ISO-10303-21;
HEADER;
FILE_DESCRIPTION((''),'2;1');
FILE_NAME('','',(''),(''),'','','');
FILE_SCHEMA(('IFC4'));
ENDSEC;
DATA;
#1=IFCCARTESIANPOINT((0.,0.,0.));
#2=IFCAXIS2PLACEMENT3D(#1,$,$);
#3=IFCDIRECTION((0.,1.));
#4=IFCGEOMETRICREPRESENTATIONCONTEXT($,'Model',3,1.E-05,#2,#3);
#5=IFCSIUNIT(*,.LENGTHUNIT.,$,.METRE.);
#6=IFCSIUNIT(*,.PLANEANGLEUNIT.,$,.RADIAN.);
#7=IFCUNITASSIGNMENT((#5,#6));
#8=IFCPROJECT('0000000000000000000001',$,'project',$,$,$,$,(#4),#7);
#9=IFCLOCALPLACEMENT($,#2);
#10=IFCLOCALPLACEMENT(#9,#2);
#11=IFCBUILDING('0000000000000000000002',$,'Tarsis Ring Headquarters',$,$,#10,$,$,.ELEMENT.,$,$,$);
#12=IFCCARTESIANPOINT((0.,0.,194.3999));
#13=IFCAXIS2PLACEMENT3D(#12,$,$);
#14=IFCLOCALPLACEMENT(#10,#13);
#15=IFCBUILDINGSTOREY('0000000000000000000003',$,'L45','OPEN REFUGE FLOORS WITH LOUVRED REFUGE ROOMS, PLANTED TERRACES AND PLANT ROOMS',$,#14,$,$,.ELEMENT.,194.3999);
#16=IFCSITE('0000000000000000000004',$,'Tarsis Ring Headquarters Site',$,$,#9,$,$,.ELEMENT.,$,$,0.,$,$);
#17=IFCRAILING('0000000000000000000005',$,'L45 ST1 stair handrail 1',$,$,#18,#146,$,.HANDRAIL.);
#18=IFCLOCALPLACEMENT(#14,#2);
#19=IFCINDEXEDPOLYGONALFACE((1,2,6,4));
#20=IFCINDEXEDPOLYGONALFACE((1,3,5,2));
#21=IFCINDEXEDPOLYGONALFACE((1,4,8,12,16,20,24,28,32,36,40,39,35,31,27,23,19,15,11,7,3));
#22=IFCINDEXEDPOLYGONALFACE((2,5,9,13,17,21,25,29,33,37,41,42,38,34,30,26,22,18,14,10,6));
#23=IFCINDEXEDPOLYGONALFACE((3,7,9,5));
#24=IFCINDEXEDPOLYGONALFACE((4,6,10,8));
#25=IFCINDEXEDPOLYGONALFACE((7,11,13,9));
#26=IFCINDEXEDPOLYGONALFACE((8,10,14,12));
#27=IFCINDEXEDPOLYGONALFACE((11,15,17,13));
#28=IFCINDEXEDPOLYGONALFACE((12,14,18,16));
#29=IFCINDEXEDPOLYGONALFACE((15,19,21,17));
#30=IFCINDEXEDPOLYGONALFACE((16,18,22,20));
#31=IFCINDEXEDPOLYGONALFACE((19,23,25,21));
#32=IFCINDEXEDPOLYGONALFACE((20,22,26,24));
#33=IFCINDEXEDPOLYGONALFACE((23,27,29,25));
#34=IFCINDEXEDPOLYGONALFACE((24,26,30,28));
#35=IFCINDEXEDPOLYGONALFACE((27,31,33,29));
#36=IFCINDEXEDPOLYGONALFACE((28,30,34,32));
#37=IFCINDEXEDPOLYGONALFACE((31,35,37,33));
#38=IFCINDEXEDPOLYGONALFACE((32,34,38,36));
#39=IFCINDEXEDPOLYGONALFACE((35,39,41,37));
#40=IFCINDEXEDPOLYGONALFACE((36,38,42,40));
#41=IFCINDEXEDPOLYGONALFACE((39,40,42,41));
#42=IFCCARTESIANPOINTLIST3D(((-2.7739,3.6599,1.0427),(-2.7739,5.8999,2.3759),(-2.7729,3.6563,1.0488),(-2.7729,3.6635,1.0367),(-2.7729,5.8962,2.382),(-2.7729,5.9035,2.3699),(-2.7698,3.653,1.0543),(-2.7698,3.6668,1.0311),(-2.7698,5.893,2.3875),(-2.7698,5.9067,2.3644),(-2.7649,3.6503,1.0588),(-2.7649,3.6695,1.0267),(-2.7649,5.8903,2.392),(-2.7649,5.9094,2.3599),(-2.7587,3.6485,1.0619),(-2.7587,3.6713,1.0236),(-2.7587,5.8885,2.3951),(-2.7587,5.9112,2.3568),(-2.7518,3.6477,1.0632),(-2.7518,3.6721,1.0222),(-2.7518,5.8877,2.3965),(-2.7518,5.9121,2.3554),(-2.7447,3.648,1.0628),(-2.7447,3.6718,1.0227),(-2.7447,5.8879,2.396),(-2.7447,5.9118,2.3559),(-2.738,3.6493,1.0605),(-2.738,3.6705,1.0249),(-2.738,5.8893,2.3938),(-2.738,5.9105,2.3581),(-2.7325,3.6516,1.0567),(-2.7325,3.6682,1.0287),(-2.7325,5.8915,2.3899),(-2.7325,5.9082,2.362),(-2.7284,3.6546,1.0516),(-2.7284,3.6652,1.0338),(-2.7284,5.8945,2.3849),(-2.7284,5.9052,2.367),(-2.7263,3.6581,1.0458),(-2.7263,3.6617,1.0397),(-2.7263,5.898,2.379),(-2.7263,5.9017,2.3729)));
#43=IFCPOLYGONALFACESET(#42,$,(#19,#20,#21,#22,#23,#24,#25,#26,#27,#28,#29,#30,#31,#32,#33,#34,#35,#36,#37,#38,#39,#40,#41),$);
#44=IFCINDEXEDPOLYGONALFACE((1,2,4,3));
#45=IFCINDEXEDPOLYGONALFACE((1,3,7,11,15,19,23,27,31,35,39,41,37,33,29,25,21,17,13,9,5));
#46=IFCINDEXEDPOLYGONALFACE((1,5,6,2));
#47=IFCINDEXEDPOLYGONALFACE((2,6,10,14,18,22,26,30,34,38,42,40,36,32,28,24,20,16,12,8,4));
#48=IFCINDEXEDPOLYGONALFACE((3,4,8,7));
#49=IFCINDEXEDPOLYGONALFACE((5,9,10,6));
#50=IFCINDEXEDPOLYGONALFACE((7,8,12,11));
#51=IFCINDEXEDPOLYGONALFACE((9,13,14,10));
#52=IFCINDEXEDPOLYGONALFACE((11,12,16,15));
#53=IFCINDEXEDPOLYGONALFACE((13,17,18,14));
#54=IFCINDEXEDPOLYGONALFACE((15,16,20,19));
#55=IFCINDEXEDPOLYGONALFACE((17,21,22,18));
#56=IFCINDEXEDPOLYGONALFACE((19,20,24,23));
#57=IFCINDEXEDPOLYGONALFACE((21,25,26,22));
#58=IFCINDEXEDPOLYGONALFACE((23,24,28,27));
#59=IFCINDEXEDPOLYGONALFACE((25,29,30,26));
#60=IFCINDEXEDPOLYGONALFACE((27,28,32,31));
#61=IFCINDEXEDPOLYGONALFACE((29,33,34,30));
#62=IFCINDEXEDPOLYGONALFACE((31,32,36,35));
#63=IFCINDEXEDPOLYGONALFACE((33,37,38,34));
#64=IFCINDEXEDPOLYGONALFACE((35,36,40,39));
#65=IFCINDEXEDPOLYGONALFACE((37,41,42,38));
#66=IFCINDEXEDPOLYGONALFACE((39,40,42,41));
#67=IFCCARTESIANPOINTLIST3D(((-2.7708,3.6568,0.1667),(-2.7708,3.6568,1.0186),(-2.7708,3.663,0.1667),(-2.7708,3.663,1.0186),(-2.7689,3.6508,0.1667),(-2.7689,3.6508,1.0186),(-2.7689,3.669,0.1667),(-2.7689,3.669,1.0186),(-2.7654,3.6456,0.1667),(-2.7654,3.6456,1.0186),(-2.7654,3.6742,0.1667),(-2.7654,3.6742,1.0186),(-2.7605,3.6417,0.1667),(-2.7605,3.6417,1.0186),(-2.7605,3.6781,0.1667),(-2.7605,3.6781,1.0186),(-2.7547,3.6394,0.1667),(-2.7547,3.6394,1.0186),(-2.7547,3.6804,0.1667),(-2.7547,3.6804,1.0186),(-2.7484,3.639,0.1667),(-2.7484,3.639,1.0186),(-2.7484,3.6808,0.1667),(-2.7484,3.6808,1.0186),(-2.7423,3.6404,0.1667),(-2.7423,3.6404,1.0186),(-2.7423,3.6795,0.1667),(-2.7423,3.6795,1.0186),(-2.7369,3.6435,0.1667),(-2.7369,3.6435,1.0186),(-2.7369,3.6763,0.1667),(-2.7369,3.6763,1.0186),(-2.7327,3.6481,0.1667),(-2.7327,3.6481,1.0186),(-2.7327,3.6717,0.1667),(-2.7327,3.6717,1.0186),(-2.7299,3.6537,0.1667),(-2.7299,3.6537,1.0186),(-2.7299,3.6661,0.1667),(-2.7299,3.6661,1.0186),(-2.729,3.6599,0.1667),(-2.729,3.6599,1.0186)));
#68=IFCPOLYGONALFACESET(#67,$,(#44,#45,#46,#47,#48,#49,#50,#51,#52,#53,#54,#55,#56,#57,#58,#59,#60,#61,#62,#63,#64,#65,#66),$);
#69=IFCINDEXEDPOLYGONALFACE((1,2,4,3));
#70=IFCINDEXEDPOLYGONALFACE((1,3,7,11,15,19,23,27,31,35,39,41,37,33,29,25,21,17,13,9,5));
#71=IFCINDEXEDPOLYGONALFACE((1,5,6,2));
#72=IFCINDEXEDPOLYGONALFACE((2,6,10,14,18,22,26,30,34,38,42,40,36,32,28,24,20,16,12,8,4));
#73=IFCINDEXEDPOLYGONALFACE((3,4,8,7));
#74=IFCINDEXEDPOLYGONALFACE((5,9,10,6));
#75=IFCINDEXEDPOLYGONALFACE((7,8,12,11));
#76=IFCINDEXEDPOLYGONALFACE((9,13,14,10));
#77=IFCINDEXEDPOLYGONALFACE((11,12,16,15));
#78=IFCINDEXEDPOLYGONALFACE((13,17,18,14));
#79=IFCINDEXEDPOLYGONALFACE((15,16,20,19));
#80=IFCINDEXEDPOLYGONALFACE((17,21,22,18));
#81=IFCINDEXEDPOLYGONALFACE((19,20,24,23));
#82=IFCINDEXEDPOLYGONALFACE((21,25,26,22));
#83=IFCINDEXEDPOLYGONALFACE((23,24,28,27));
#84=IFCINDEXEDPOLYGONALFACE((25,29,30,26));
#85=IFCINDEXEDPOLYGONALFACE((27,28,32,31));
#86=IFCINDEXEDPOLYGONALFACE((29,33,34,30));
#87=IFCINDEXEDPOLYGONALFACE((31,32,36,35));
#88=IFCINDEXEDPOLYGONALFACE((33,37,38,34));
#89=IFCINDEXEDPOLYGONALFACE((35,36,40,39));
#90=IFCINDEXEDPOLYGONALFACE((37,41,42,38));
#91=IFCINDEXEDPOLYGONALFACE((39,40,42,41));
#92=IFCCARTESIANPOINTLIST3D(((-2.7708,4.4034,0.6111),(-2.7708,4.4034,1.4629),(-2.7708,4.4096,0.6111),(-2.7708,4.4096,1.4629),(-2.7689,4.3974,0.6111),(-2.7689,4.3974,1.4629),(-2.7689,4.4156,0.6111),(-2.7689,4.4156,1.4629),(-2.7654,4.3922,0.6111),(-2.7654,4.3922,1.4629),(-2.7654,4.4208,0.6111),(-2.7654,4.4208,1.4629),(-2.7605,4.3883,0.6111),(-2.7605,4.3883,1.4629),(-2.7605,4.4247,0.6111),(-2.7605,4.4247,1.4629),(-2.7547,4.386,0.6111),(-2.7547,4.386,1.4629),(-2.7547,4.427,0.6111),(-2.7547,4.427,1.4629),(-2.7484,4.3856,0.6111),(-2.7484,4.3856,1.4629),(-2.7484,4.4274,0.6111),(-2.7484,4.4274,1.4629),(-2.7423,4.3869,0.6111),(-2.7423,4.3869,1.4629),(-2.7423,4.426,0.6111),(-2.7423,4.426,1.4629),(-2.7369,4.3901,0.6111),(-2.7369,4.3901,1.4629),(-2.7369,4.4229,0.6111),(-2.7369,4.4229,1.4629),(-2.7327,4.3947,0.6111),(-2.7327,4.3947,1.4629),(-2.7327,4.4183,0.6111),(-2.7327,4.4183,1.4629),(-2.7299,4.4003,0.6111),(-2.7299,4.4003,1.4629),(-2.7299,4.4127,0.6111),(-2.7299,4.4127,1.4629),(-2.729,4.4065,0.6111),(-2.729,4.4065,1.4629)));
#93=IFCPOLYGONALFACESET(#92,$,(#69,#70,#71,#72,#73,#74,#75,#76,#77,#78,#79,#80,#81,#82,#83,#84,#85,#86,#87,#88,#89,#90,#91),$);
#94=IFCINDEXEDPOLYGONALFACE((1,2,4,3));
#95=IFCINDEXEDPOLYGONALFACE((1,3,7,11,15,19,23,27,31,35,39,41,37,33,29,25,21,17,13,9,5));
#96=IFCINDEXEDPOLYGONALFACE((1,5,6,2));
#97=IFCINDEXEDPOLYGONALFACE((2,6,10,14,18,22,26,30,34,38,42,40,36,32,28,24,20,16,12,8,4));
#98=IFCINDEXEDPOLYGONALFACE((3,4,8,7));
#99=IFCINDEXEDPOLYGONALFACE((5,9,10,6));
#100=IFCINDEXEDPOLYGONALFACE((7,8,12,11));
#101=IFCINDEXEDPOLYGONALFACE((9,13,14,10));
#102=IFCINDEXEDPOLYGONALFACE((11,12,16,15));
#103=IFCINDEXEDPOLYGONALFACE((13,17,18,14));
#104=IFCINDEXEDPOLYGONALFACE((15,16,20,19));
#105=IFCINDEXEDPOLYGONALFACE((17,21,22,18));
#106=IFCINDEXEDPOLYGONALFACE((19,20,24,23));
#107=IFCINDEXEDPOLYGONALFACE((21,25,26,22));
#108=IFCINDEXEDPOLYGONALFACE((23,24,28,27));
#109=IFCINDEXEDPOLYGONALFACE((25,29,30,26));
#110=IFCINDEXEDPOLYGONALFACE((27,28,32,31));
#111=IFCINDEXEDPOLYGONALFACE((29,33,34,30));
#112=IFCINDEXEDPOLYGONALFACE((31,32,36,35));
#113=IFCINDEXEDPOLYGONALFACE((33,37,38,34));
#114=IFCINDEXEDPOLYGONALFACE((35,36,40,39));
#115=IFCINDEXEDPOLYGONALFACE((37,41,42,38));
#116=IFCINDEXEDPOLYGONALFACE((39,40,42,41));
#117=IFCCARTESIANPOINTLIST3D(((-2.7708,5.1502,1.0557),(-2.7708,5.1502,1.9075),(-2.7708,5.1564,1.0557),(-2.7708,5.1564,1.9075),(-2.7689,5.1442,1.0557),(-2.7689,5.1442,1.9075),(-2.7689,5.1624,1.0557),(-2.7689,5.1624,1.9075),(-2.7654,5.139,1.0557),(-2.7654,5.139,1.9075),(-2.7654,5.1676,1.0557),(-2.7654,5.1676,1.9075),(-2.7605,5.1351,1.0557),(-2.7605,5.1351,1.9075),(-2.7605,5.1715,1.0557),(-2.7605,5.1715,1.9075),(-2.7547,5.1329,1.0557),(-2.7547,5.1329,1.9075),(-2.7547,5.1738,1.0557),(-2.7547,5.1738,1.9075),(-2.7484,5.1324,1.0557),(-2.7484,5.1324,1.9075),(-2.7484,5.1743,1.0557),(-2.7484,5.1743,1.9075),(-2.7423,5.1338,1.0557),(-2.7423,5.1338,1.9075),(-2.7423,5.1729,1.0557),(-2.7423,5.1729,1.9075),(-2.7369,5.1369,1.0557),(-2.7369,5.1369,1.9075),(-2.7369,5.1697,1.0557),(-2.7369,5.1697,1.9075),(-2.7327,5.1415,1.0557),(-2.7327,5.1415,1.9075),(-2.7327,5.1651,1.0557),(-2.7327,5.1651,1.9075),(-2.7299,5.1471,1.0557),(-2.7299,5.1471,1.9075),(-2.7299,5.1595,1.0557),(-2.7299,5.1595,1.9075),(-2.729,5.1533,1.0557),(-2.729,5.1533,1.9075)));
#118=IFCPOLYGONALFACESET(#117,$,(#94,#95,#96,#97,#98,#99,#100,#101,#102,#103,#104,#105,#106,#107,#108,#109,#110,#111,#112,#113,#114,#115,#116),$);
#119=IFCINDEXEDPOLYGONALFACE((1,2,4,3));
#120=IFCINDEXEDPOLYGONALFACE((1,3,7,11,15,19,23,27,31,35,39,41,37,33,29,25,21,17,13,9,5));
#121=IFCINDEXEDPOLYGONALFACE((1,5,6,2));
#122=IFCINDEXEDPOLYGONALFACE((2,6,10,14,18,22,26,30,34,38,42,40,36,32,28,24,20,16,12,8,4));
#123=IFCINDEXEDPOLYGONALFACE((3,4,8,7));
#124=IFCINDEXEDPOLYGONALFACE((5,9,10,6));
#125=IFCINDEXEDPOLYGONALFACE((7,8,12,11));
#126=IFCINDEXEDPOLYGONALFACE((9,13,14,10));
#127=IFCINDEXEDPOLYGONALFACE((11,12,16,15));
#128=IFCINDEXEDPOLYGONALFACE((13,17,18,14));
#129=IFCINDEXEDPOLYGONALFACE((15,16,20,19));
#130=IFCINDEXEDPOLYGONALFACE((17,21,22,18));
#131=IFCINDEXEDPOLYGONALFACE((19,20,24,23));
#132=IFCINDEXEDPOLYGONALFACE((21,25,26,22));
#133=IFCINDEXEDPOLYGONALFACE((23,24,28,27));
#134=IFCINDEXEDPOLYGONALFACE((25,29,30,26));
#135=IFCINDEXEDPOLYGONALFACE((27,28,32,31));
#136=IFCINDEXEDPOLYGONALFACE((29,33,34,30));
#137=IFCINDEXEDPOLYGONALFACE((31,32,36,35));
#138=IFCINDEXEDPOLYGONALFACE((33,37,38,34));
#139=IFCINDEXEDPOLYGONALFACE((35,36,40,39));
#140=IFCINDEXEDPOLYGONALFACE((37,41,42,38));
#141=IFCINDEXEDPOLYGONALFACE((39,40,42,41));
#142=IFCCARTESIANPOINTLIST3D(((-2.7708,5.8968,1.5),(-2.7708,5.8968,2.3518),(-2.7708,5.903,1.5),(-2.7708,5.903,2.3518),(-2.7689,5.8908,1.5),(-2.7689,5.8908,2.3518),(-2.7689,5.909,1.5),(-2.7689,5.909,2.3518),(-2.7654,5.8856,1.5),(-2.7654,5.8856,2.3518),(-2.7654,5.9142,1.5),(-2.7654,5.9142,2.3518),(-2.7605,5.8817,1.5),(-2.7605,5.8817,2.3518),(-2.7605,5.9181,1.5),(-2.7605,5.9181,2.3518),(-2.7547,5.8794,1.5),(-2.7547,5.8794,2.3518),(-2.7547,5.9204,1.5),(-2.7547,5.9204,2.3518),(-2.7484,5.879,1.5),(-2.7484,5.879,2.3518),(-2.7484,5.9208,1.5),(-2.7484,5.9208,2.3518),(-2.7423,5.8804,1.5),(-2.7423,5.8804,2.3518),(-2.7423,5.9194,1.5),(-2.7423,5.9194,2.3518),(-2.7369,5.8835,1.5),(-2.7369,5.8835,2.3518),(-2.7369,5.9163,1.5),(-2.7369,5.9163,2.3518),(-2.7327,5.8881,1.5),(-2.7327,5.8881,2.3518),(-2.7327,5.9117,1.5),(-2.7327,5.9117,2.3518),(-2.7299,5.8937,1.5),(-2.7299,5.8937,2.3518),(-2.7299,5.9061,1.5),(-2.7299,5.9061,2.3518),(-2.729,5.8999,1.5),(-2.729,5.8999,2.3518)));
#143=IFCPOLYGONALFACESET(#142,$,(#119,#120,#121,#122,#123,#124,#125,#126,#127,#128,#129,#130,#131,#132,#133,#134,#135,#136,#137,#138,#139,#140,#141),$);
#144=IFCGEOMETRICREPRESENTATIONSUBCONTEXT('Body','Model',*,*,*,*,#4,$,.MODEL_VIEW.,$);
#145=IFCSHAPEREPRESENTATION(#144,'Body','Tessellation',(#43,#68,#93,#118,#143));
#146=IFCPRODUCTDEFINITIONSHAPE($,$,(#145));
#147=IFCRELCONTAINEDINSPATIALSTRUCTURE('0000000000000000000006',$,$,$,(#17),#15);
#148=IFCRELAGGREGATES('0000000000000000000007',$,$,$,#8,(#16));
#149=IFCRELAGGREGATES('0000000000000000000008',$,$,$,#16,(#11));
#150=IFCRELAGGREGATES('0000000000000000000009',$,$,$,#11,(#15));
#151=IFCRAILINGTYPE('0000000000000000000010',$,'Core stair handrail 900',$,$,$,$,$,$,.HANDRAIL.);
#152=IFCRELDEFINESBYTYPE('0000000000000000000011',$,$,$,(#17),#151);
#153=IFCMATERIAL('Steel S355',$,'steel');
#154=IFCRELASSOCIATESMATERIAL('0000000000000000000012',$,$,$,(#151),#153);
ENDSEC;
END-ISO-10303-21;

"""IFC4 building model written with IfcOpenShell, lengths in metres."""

from ifc_helpers import new_model, si_unit, direction, frame, origin, origin_2d, place, context, subcontext, project, spatial, circle, extrude, material, type_object, element, save


model = new_model("IFC4")

# Units and contexts
model_context = context("Model", 3, precision=1e-05, world=origin(), true_north=direction((0.0, 1.0)))
body_context = subcontext(model_context, "Body", "Model", "MODEL_VIEW")
ifc_project = project(units=[si_unit("LENGTHUNIT", "METRE"), si_unit("PLANEANGLEUNIT", "RADIAN")], contexts=[model_context])

# Site, building, storey
site_placement = place(None, origin())
site = spatial("IfcSite", under=ifc_project, at=site_placement, Name="Tarsis Ring Headquarters Site", CompositionType="ELEMENT", RefElevation=0.0)
building_placement = place(site_placement, origin())
building = spatial("IfcBuilding", under=site, at=building_placement, Name="Tarsis Ring Headquarters", CompositionType="ELEMENT")
storey_placement = place(building_placement, frame((0.0, 0.0, 194.3999)))
storey = spatial("IfcBuildingStorey", under=building, at=storey_placement, Name="L45", Description="OPEN REFUGE FLOORS WITH LOUVRED REFUGE ROOMS, PLANTED TERRACES AND PLANT ROOMS", CompositionType="ELEMENT", Elevation=194.3999)

# Shared definitions
ifc_material_1 = material(Name="Steel S355", Category="steel")

# Railing
railing_type_1 = type_object("IfcRailingType", Name="Core stair handrail 900", PredefinedType="HANDRAIL", material=ifc_material_1)
for number, where, name in (
    (1, (-2.75, 3.6599, 0.1667), "L45 ST1 stair handrail 1"),
):
    element("IfcRailing", number, at=place(storey_placement, frame(where)), inside=storey, type_object=railing_type_1, Name=name, PredefinedType="HANDRAIL", context=body_context, shape_type="SweptSolid", body=[
        extrude(circle(Radius=0.0239, at=origin_2d()), frame((0.0, 0.0, 0.876), z_axis=(0.0, 0.859306, 0.511462), x_axis=(-1.0, 0.0, 0.0)), (0.0, 0.0, 1.0), 2.6067),
        extrude(circle(Radius=0.021, at=origin_2d()), origin(), (0.0, 0.0, 1.0), 0.8518),
        extrude(circle(Radius=0.021, at=origin_2d()), frame((0.0, 0.7466, 0.4443)), (0.0, 0.0, 1.0), 0.8518),
        extrude(circle(Radius=0.021, at=origin_2d()), frame((0.0, 1.4934, 0.8889)), (0.0, 0.0, 1.0), 0.8518),
        extrude(circle(Radius=0.021, at=origin_2d()), frame((0.0, 2.24, 1.3333)), (0.0, 0.0, 1.0), 0.8518),
    ])

save(model, "model.ifc")
